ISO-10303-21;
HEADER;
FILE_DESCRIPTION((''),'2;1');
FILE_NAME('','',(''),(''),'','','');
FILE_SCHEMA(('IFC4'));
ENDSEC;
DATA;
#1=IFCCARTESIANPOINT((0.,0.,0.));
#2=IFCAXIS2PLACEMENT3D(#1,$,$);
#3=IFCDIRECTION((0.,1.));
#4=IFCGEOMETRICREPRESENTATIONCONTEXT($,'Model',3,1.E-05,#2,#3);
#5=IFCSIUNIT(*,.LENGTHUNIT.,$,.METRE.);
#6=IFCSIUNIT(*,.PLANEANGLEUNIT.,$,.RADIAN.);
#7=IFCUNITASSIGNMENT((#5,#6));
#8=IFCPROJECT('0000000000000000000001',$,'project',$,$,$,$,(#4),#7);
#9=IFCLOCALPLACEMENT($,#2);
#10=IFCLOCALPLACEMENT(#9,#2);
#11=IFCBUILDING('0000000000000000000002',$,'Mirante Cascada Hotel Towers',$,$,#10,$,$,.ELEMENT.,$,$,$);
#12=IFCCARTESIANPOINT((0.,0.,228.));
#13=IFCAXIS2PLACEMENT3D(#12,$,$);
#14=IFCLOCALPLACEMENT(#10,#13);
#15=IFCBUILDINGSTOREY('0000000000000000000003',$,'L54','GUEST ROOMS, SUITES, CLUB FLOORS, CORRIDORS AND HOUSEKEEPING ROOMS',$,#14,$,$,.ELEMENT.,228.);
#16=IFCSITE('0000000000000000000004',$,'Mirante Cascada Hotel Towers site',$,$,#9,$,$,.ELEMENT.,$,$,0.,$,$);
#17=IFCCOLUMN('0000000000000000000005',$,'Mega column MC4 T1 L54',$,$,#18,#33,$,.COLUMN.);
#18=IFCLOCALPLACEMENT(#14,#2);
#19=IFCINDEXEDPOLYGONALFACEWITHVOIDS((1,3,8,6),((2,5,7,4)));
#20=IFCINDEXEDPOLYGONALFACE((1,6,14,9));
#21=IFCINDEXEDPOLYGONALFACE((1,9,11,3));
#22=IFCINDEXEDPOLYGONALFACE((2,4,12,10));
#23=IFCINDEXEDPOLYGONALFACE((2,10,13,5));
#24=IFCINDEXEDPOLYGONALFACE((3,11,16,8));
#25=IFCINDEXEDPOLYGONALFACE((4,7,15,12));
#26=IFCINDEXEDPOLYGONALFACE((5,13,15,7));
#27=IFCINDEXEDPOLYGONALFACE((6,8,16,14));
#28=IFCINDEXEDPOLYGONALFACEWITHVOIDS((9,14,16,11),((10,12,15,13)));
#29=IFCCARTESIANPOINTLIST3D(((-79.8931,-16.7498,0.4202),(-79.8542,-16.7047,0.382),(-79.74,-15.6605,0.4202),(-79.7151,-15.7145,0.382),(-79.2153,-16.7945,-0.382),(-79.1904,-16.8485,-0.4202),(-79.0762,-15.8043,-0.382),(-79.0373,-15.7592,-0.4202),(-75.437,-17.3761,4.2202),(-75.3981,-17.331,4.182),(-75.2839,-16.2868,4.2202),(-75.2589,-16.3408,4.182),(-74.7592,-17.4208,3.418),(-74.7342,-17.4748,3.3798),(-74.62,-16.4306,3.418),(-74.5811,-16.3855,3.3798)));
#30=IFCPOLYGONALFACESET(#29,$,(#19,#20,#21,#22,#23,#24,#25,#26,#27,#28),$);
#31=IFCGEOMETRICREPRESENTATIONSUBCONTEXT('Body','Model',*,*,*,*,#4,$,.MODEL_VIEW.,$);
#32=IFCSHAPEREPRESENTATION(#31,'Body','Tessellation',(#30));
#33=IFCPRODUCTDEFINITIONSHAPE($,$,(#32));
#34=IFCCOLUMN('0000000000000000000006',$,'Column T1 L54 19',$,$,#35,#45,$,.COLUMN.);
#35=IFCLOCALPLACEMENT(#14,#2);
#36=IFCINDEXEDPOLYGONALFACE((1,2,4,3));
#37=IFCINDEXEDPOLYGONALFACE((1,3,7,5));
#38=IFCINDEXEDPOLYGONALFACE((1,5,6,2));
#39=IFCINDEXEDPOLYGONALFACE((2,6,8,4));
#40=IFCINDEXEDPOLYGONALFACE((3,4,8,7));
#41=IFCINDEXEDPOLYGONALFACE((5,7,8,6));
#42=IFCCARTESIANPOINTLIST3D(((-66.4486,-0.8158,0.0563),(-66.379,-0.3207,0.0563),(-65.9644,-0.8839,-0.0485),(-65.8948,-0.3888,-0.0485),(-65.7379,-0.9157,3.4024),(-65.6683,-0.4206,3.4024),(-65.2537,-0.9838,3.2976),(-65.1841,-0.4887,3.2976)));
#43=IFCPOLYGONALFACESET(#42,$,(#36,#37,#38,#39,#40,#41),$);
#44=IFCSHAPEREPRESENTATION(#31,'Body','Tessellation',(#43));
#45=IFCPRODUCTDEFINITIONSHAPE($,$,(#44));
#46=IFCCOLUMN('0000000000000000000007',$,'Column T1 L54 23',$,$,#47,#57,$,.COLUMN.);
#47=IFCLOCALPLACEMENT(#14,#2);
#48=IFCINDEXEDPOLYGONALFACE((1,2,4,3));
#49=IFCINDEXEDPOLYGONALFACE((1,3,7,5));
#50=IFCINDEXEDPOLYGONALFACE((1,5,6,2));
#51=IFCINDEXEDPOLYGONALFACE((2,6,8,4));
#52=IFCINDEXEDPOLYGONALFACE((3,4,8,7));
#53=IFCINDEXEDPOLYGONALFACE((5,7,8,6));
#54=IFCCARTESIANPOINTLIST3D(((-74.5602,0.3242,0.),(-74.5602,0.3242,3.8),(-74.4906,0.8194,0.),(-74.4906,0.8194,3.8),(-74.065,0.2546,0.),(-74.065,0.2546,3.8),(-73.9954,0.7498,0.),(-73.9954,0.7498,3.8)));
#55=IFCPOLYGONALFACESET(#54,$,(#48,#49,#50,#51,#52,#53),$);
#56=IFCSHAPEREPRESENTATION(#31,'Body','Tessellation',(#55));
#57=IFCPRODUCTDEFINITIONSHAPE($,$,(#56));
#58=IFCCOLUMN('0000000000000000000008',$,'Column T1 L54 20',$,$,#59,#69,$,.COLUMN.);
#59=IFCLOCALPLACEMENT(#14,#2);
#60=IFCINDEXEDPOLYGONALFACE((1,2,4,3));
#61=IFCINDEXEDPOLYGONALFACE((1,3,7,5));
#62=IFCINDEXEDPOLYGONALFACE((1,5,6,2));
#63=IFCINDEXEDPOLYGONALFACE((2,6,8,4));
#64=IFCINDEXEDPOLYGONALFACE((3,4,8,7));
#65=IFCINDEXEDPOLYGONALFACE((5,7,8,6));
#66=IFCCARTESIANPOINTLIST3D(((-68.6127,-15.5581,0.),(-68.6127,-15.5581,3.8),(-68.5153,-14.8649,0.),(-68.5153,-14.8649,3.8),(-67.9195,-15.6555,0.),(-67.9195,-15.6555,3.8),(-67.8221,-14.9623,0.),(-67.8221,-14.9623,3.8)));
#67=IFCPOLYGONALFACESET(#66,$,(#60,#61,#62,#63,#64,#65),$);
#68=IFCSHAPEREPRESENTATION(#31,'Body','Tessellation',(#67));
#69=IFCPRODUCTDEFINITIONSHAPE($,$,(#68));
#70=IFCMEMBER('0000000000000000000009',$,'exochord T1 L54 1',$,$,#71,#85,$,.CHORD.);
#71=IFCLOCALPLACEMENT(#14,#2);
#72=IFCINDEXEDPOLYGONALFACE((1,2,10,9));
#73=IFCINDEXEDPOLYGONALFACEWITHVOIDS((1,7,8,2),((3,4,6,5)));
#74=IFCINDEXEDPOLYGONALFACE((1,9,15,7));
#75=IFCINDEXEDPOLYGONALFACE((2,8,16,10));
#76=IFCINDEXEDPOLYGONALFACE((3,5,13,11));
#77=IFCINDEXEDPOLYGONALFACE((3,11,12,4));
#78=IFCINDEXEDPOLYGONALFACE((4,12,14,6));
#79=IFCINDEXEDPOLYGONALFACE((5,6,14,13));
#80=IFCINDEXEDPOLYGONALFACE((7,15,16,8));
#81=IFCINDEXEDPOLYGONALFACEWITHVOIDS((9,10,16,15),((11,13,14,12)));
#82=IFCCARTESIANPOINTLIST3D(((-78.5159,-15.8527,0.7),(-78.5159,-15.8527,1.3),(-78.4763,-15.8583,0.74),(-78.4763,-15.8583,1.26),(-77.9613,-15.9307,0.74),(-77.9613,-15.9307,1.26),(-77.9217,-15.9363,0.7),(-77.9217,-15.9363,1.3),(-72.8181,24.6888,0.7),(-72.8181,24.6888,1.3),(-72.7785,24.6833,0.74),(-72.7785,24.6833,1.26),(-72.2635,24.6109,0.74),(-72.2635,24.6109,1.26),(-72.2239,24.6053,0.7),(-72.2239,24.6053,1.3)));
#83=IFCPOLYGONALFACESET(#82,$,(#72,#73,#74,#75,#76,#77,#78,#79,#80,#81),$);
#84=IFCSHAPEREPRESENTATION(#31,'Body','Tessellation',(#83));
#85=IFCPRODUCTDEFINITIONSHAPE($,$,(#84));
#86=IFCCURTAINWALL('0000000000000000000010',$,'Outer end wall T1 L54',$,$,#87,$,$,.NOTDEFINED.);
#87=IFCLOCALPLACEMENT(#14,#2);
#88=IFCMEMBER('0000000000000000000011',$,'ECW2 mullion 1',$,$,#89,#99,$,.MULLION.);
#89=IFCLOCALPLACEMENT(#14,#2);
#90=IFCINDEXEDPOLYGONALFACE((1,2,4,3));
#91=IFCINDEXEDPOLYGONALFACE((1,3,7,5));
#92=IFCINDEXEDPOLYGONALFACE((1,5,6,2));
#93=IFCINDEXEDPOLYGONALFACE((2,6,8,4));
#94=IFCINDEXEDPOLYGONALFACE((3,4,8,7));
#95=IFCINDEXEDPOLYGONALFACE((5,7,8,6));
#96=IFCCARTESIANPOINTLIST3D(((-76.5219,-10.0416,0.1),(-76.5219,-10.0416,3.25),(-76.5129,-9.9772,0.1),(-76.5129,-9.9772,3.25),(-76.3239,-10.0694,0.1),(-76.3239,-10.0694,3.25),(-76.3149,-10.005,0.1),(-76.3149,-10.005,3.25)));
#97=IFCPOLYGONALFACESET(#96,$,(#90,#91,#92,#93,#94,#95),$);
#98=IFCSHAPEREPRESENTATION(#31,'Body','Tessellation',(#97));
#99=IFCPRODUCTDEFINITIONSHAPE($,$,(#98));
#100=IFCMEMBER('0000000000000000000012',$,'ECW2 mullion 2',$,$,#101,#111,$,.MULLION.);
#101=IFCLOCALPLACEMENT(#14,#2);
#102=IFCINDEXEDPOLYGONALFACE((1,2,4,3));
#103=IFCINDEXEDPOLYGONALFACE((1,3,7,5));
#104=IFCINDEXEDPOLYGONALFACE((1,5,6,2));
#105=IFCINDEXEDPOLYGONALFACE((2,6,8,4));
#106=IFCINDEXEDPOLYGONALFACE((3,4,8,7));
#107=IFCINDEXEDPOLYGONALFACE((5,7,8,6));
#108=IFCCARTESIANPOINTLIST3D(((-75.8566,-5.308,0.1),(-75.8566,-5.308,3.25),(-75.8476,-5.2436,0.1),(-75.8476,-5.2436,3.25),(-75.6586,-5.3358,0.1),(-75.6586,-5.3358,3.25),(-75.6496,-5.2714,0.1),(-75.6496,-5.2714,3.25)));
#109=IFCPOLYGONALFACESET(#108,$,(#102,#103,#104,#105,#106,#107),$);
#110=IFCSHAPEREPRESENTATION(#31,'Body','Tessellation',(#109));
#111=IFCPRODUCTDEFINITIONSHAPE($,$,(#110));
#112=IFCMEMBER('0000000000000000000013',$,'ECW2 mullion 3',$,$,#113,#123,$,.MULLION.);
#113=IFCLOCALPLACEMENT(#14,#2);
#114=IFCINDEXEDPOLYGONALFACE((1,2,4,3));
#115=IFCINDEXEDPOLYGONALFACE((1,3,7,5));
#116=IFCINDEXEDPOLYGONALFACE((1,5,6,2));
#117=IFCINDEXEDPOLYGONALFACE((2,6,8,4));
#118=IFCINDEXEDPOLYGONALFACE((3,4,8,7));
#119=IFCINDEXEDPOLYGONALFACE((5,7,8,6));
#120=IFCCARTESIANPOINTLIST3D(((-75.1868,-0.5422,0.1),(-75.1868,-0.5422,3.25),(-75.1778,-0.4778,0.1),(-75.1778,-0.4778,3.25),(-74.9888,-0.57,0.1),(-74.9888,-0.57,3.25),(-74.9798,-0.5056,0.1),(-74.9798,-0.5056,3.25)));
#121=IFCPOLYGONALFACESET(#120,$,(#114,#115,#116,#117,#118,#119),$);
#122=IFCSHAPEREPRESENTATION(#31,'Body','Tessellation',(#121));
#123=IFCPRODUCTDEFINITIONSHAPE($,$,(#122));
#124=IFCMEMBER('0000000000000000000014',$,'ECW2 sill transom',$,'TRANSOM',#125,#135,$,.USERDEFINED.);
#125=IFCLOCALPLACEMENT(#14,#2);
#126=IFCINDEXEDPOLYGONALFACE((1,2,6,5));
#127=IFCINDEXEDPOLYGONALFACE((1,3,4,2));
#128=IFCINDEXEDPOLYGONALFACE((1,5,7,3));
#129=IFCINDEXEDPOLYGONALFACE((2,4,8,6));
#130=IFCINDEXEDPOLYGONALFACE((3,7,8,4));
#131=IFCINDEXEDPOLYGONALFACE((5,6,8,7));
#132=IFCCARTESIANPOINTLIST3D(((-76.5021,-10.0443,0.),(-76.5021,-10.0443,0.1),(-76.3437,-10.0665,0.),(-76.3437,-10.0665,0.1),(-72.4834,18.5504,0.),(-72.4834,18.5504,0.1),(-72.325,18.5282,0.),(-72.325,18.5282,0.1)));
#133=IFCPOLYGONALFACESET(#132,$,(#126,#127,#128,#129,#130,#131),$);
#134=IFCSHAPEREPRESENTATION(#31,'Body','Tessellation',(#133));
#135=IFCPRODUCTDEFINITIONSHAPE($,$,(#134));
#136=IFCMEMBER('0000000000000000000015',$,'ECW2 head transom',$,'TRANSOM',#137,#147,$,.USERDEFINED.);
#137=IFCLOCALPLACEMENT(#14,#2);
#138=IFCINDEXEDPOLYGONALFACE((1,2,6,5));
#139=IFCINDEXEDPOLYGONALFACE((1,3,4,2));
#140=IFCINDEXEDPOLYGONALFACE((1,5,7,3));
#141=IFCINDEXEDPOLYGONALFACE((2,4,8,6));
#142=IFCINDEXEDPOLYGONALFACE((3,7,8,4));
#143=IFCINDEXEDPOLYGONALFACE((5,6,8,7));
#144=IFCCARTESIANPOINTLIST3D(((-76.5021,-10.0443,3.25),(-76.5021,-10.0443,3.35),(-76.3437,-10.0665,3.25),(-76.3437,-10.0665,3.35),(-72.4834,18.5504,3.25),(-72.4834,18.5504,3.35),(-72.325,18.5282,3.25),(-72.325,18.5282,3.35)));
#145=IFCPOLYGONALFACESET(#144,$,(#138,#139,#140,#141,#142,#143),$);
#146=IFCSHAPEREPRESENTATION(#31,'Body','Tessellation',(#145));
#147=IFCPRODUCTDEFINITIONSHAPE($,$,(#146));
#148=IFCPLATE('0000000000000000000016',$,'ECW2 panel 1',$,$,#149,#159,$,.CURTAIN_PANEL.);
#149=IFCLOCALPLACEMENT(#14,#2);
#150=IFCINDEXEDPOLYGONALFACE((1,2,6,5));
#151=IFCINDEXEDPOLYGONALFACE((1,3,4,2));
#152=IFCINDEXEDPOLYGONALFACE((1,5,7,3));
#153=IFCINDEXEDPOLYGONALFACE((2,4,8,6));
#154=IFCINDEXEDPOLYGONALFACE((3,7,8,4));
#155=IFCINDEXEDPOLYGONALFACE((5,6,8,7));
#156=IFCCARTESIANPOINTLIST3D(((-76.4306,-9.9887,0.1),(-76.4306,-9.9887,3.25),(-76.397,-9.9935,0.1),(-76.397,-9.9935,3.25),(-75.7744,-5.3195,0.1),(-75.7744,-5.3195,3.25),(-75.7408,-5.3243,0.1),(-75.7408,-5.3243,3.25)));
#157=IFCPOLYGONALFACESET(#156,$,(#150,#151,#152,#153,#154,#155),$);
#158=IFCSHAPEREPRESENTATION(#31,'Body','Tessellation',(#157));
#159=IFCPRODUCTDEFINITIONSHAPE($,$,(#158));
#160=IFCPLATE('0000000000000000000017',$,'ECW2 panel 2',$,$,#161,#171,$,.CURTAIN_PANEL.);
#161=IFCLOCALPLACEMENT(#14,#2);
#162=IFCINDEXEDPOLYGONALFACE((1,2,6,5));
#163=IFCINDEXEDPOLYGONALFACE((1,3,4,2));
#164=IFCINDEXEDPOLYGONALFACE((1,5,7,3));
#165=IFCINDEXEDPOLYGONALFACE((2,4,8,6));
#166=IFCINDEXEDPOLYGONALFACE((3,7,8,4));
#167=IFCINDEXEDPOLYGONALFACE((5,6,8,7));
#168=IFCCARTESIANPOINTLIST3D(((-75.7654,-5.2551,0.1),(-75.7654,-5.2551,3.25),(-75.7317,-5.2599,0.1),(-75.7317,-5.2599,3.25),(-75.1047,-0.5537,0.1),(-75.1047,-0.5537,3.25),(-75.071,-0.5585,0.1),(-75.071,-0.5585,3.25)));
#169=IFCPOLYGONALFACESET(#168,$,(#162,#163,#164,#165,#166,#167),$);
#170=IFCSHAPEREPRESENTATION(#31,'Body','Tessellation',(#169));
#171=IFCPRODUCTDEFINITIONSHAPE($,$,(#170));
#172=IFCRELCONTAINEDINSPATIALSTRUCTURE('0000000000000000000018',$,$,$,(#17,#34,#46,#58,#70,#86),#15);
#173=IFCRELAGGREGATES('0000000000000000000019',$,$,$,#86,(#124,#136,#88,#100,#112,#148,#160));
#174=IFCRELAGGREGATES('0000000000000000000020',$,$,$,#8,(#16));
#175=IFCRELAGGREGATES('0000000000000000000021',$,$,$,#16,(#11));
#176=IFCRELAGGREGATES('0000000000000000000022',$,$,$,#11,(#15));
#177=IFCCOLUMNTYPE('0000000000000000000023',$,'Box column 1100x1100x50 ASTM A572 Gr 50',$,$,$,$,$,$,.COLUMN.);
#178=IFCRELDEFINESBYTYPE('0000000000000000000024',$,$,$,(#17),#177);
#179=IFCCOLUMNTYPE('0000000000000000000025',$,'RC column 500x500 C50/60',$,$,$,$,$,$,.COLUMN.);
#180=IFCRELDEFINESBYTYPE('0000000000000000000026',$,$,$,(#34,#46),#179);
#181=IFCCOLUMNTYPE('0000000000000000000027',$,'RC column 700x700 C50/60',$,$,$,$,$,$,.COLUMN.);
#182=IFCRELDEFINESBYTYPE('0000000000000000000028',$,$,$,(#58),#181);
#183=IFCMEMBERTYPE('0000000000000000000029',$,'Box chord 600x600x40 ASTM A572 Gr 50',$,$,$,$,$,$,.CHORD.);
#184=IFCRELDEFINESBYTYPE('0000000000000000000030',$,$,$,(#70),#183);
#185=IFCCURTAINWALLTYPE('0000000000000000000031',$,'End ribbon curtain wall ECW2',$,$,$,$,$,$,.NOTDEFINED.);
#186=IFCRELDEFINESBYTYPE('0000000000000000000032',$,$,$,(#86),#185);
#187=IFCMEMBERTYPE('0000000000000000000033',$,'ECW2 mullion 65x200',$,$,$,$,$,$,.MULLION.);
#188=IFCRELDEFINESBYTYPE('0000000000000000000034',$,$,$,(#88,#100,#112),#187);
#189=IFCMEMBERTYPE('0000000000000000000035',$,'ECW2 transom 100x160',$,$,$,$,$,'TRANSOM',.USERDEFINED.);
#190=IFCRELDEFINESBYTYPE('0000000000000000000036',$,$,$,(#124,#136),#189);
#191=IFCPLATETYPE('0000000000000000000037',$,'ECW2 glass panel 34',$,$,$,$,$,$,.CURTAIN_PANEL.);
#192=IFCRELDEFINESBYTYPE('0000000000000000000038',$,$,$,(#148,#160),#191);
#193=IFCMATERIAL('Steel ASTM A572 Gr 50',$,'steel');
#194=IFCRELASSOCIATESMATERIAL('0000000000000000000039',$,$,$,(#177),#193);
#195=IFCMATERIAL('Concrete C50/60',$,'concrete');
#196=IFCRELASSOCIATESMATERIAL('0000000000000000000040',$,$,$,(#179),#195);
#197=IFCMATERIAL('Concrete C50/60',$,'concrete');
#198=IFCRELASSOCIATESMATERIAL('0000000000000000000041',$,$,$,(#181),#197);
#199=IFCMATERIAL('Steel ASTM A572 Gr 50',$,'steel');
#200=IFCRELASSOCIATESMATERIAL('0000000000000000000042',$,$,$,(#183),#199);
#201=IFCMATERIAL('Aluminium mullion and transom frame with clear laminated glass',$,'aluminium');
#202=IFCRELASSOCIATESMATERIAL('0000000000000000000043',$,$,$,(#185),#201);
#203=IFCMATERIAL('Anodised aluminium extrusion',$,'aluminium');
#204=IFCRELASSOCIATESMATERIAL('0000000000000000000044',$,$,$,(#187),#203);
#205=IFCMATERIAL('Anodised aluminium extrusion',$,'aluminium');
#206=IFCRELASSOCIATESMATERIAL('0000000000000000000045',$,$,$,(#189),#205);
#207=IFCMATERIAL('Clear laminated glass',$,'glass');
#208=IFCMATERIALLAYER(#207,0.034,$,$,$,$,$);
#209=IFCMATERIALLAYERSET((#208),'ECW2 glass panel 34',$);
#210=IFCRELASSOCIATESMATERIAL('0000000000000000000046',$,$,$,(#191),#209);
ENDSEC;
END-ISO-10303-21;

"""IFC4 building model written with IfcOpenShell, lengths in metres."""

from ifc_helpers import new_model, si_unit, direction, frame, origin, origin_2d, place, context, subcontext, project, spatial, rectangle, hollow_rectangle, extrude, material, layer, layer_set, material_profile, profile_set, type_object, element, aggregate, save


model = new_model("IFC4")

# Units and contexts
model_context = context("Model", 3, precision=1e-05, world=origin(), true_north=direction((0.0, 1.0)))
body_context = subcontext(model_context, "Body", "Model", "MODEL_VIEW")
ifc_project = project(units=[si_unit("LENGTHUNIT", "METRE"), si_unit("PLANEANGLEUNIT", "RADIAN")], contexts=[model_context])

# Site, building, storey
site_placement = place(None, origin())
site = spatial("IfcSite", under=ifc_project, at=site_placement, Name="Mirante Cascada Hotel Towers site", CompositionType="ELEMENT", RefElevation=0.0)
building_placement = place(site_placement, origin())
building = spatial("IfcBuilding", under=site, at=building_placement, Name="Mirante Cascada Hotel Towers", CompositionType="ELEMENT")
storey_placement = place(building_placement, frame((0.0, 0.0, 228.0)))
storey = spatial("IfcBuildingStorey", under=building, at=storey_placement, Name="L54", Description="GUEST ROOMS, SUITES, CLUB FLOORS, CORRIDORS AND HOUSEKEEPING ROOMS", CompositionType="ELEMENT", Elevation=228.0)

# Columns
ifc_material_1 = material(Name="Steel ASTM A572 Gr 50", Category="steel")
ifc_material_profile_1 = material_profile(ifc_material_1, hollow_rectangle(XDim=1.1, YDim=1.1, WallThickness=0.05, at=origin_2d()), Name="Box column 1100x1100x50 ASTM A572 Gr 50")
ifc_profile_set_1 = profile_set([ifc_material_profile_1], Name="Steel ASTM A572 Gr 50")
column_type_1 = type_object("IfcColumnType", Name="Box column 1100x1100x50 ASTM A572 Gr 50", PredefinedType="COLUMN", material=ifc_profile_set_1)
column_1_placement = place(storey_placement, frame((-79.4652, -16.2545, 0.0), z_axis=(0.756594, -0.106336, 0.645181), x_axis=(0.139178, 0.990267, 0.0)))
element("IfcColumn", 1, at=column_1_placement, inside=storey, type_object=column_type_1, Name="Mega column MC4 T1 L54", PredefinedType="COLUMN", context=body_context, shape_type="SweptSolid", body=[
    extrude(hollow_rectangle(XDim=1.1, YDim=1.1, WallThickness=0.05, at=origin_2d()), origin(), (0.0, 0.0, 1.0), 5.8898),
])
ifc_material_2 = material(Name="Concrete C50/60", Category="concrete")
ifc_material_profile_2 = material_profile(ifc_material_2, rectangle(XDim=0.5, YDim=0.5, at=origin_2d()), Name="RC column 500x500 C50/60")
ifc_profile_set_2 = profile_set([ifc_material_profile_2], Name="Concrete C50/60")
column_type_2 = type_object("IfcColumnType", Name="RC column 500x500 C50/60", PredefinedType="COLUMN", material=ifc_profile_set_2)
column_2_placement = place(storey_placement, frame((-66.1717, -0.6023, 0.0039), z_axis=(0.207673, -0.029192, 0.977763), x_axis=(0.139197, 0.990265, 0.0)))
element("IfcColumn", 2, at=column_2_placement, inside=storey, type_object=column_type_2, Name="Column T1 L54 19", PredefinedType="COLUMN", context=body_context, shape_type="SweptSolid", body=[
    extrude(rectangle(XDim=0.5, YDim=0.5, at=origin_2d()), origin(), (0.0, 0.0, 1.0), 3.4222),
])
column_3_placement = place(storey_placement, frame((-74.2778, 0.537, 0.0), z_axis=(0.0, 0.0, 1.0), x_axis=(-0.990268, 0.139173, 0.0)))
element("IfcColumn", 3, at=column_3_placement, inside=storey, type_object=column_type_2, Name="Column T1 L54 23", PredefinedType="COLUMN", context=body_context, shape_type="SweptSolid", body=[
    extrude(rectangle(XDim=0.5, YDim=0.5, at=origin_2d()), origin(), (0.0, 0.0, 1.0), 3.8),
])
ifc_material_3 = material(Name="Concrete C50/60", Category="concrete")
ifc_material_profile_3 = material_profile(ifc_material_3, rectangle(XDim=0.7, YDim=0.7, at=origin_2d()), Name="RC column 700x700 C50/60")
ifc_profile_set_3 = profile_set([ifc_material_profile_3], Name="Concrete C50/60")
column_type_3 = type_object("IfcColumnType", Name="RC column 700x700 C50/60", PredefinedType="COLUMN", material=ifc_profile_set_3)
column_4_placement = place(storey_placement, frame((-68.2174, -15.2602, 0.0), z_axis=(0.0, 0.0, 1.0), x_axis=(-0.990268, 0.139173, 0.0)))
element("IfcColumn", 4, at=column_4_placement, inside=storey, type_object=column_type_3, Name="Column T1 L54 20", PredefinedType="COLUMN", context=body_context, shape_type="SweptSolid", body=[
    extrude(rectangle(XDim=0.7, YDim=0.7, at=origin_2d()), origin(), (0.0, 0.0, 1.0), 3.8),
])

# Member
ifc_material_4 = material(Name="Steel ASTM A572 Gr 50", Category="steel")
ifc_material_profile_4 = material_profile(ifc_material_4, hollow_rectangle(XDim=0.6, YDim=0.6, WallThickness=0.04, at=origin_2d()), Name="Box chord 600x600x40 ASTM A572 Gr 50")
ifc_profile_set_4 = profile_set([ifc_material_profile_4], Name="Steel ASTM A572 Gr 50")
member_type_1 = type_object("IfcMemberType", Name="Box chord 600x600x40 ASTM A572 Gr 50", PredefinedType="CHORD", material=ifc_profile_set_4)
member_1_placement = place(storey_placement, frame((-78.2188, -15.8945, 1.0), z_axis=(0.139174, 0.990268, 0.0), x_axis=(-0.990268, 0.139174, 0.0)))
element("IfcMember", 5, at=member_1_placement, inside=storey, type_object=member_type_1, Name="exochord T1 L54 1", PredefinedType="CHORD", context=body_context, shape_type="SweptSolid", body=[
    extrude(hollow_rectangle(XDim=0.6, YDim=0.6, WallThickness=0.04, at=origin_2d()), origin(), (0.0, 0.0, 1.0), 40.94),
])

# Curtain wall, members, plates
ifc_material_5 = material(Name="Aluminium mullion and transom frame with clear laminated glass", Category="aluminium")
curtain_wall_type = type_object("IfcCurtainWallType", Name="End ribbon curtain wall ECW2", PredefinedType="NOTDEFINED", material=ifc_material_5)
curtain_wall_placement = place(storey_placement, origin())
curtain_wall = element("IfcCurtainWall", 6, at=curtain_wall_placement, inside=storey, type_object=curtain_wall_type, Name="Outer end wall T1 L54", PredefinedType="NOTDEFINED")
ifc_material_6 = material(Name="Anodised aluminium extrusion", Category="aluminium")
ifc_material_profile_5 = material_profile(ifc_material_6, rectangle(XDim=0.2, YDim=0.065, at=origin_2d()), Name="ECW2 MULLION 65x200")
ifc_profile_set_5 = profile_set([ifc_material_profile_5], Name="Anodised aluminium extrusion")
member_type_2 = type_object("IfcMemberType", Name="ECW2 mullion 65x200", PredefinedType="MULLION", material=ifc_profile_set_5)
member_2_placement = place(storey_placement, frame((-76.4184, -10.0233, 0.1), z_axis=(0.0, 0.0, 1.0), x_axis=(-0.990268, 0.139173, 0.0)))
member_2 = element("IfcMember", 7, at=member_2_placement, type_object=member_type_2, Name="ECW2 mullion 1", PredefinedType="MULLION", context=body_context, shape_type="SweptSolid", body=[
    extrude(rectangle(XDim=0.2, YDim=0.065, at=origin_2d()), origin(), (0.0, 0.0, 1.0), 3.15),
])
member_3_placement = place(storey_placement, frame((-75.7531, -5.2897, 0.1), z_axis=(0.0, 0.0, 1.0), x_axis=(-0.990268, 0.139173, 0.0)))
member_3 = element("IfcMember", 8, at=member_3_placement, type_object=member_type_2, Name="ECW2 mullion 2", PredefinedType="MULLION", context=body_context, shape_type="SweptSolid", body=[
    extrude(rectangle(XDim=0.2, YDim=0.065, at=origin_2d()), origin(), (0.0, 0.0, 1.0), 3.15),
])
member_4_placement = place(storey_placement, frame((-75.0833, -0.5239, 0.1), z_axis=(0.0, 0.0, 1.0), x_axis=(-0.990268, 0.139173, 0.0)))
member_4 = element("IfcMember", 9, at=member_4_placement, type_object=member_type_2, Name="ECW2 mullion 3", PredefinedType="MULLION", context=body_context, shape_type="SweptSolid", body=[
    extrude(rectangle(XDim=0.2, YDim=0.065, at=origin_2d()), origin(), (0.0, 0.0, 1.0), 3.15),
])
ifc_material_7 = material(Name="Anodised aluminium extrusion", Category="aluminium")
ifc_material_profile_6 = material_profile(ifc_material_7, rectangle(XDim=0.16, YDim=0.1, at=origin_2d()), Name="ECW2 TRANSOM 100x160")
ifc_profile_set_6 = profile_set([ifc_material_profile_6], Name="Anodised aluminium extrusion")
member_type_3 = type_object("IfcMemberType", Name="ECW2 transom 100x160", ElementType="TRANSOM", PredefinedType="USERDEFINED", material=ifc_profile_set_6)
member_5_placement = place(storey_placement, frame((-76.4229, -10.0554, 0.05), z_axis=(0.139172, 0.990268, 0.0), x_axis=(-0.990268, 0.139172, 0.0)))
member_5 = element("IfcMember", 10, at=member_5_placement, type_object=member_type_3, Name="ECW2 sill transom", ObjectType="TRANSOM", PredefinedType="USERDEFINED", context=body_context, shape_type="SweptSolid", body=[
    extrude(rectangle(XDim=0.16, YDim=0.1, at=origin_2d()), origin(), (0.0, 0.0, 1.0), 28.8757),
])
member_6_placement = place(storey_placement, frame((-76.4229, -10.0554, 3.3), z_axis=(0.139172, 0.990268, 0.0), x_axis=(-0.990268, 0.139172, 0.0)))
member_6 = element("IfcMember", 11, at=member_6_placement, type_object=member_type_3, Name="ECW2 head transom", ObjectType="TRANSOM", PredefinedType="USERDEFINED", context=body_context, shape_type="SweptSolid", body=[
    extrude(rectangle(XDim=0.16, YDim=0.1, at=origin_2d()), origin(), (0.0, 0.0, 1.0), 28.8757),
])
ifc_material_8 = material(Name="Clear laminated glass", Category="glass")
ifc_layer_1 = layer(ifc_material_8, 0.034)
ifc_layer_set_1 = layer_set([ifc_layer_1], Name="ECW2 glass panel 34")
plate_type_1 = type_object("IfcPlateType", Name="ECW2 glass panel 34", PredefinedType="CURTAIN_PANEL", material=ifc_layer_set_1)
plate_1_placement = place(storey_placement, frame((-76.0857, -7.6565, 0.1), z_axis=(0.0, 0.0, 1.0), x_axis=(0.139173, 0.990268, 0.0)))
plate_1 = element("IfcPlate", 12, at=plate_1_placement, type_object=plate_type_1, Name="ECW2 panel 1", PredefinedType="CURTAIN_PANEL", context=body_context, shape_type="SweptSolid", body=[
    extrude(rectangle(XDim=4.7151, YDim=0.034, at=origin_2d()), origin(), (0.0, 0.0, 1.0), 3.15),
])
plate_2_placement = place(storey_placement, frame((-75.4182, -2.9068, 0.1), z_axis=(0.0, 0.0, 1.0), x_axis=(0.139173, 0.990268, 0.0)))
plate_2 = element("IfcPlate", 13, at=plate_2_placement, type_object=plate_type_1, Name="ECW2 panel 2", PredefinedType="CURTAIN_PANEL", context=body_context, shape_type="SweptSolid", body=[
    extrude(rectangle(XDim=4.7476, YDim=0.034, at=origin_2d()), origin(), (0.0, 0.0, 1.0), 3.15),
])
aggregate(curtain_wall, [member_5, member_6, member_2, member_3, member_4, plate_1, plate_2])

save(model, "model.ifc")
